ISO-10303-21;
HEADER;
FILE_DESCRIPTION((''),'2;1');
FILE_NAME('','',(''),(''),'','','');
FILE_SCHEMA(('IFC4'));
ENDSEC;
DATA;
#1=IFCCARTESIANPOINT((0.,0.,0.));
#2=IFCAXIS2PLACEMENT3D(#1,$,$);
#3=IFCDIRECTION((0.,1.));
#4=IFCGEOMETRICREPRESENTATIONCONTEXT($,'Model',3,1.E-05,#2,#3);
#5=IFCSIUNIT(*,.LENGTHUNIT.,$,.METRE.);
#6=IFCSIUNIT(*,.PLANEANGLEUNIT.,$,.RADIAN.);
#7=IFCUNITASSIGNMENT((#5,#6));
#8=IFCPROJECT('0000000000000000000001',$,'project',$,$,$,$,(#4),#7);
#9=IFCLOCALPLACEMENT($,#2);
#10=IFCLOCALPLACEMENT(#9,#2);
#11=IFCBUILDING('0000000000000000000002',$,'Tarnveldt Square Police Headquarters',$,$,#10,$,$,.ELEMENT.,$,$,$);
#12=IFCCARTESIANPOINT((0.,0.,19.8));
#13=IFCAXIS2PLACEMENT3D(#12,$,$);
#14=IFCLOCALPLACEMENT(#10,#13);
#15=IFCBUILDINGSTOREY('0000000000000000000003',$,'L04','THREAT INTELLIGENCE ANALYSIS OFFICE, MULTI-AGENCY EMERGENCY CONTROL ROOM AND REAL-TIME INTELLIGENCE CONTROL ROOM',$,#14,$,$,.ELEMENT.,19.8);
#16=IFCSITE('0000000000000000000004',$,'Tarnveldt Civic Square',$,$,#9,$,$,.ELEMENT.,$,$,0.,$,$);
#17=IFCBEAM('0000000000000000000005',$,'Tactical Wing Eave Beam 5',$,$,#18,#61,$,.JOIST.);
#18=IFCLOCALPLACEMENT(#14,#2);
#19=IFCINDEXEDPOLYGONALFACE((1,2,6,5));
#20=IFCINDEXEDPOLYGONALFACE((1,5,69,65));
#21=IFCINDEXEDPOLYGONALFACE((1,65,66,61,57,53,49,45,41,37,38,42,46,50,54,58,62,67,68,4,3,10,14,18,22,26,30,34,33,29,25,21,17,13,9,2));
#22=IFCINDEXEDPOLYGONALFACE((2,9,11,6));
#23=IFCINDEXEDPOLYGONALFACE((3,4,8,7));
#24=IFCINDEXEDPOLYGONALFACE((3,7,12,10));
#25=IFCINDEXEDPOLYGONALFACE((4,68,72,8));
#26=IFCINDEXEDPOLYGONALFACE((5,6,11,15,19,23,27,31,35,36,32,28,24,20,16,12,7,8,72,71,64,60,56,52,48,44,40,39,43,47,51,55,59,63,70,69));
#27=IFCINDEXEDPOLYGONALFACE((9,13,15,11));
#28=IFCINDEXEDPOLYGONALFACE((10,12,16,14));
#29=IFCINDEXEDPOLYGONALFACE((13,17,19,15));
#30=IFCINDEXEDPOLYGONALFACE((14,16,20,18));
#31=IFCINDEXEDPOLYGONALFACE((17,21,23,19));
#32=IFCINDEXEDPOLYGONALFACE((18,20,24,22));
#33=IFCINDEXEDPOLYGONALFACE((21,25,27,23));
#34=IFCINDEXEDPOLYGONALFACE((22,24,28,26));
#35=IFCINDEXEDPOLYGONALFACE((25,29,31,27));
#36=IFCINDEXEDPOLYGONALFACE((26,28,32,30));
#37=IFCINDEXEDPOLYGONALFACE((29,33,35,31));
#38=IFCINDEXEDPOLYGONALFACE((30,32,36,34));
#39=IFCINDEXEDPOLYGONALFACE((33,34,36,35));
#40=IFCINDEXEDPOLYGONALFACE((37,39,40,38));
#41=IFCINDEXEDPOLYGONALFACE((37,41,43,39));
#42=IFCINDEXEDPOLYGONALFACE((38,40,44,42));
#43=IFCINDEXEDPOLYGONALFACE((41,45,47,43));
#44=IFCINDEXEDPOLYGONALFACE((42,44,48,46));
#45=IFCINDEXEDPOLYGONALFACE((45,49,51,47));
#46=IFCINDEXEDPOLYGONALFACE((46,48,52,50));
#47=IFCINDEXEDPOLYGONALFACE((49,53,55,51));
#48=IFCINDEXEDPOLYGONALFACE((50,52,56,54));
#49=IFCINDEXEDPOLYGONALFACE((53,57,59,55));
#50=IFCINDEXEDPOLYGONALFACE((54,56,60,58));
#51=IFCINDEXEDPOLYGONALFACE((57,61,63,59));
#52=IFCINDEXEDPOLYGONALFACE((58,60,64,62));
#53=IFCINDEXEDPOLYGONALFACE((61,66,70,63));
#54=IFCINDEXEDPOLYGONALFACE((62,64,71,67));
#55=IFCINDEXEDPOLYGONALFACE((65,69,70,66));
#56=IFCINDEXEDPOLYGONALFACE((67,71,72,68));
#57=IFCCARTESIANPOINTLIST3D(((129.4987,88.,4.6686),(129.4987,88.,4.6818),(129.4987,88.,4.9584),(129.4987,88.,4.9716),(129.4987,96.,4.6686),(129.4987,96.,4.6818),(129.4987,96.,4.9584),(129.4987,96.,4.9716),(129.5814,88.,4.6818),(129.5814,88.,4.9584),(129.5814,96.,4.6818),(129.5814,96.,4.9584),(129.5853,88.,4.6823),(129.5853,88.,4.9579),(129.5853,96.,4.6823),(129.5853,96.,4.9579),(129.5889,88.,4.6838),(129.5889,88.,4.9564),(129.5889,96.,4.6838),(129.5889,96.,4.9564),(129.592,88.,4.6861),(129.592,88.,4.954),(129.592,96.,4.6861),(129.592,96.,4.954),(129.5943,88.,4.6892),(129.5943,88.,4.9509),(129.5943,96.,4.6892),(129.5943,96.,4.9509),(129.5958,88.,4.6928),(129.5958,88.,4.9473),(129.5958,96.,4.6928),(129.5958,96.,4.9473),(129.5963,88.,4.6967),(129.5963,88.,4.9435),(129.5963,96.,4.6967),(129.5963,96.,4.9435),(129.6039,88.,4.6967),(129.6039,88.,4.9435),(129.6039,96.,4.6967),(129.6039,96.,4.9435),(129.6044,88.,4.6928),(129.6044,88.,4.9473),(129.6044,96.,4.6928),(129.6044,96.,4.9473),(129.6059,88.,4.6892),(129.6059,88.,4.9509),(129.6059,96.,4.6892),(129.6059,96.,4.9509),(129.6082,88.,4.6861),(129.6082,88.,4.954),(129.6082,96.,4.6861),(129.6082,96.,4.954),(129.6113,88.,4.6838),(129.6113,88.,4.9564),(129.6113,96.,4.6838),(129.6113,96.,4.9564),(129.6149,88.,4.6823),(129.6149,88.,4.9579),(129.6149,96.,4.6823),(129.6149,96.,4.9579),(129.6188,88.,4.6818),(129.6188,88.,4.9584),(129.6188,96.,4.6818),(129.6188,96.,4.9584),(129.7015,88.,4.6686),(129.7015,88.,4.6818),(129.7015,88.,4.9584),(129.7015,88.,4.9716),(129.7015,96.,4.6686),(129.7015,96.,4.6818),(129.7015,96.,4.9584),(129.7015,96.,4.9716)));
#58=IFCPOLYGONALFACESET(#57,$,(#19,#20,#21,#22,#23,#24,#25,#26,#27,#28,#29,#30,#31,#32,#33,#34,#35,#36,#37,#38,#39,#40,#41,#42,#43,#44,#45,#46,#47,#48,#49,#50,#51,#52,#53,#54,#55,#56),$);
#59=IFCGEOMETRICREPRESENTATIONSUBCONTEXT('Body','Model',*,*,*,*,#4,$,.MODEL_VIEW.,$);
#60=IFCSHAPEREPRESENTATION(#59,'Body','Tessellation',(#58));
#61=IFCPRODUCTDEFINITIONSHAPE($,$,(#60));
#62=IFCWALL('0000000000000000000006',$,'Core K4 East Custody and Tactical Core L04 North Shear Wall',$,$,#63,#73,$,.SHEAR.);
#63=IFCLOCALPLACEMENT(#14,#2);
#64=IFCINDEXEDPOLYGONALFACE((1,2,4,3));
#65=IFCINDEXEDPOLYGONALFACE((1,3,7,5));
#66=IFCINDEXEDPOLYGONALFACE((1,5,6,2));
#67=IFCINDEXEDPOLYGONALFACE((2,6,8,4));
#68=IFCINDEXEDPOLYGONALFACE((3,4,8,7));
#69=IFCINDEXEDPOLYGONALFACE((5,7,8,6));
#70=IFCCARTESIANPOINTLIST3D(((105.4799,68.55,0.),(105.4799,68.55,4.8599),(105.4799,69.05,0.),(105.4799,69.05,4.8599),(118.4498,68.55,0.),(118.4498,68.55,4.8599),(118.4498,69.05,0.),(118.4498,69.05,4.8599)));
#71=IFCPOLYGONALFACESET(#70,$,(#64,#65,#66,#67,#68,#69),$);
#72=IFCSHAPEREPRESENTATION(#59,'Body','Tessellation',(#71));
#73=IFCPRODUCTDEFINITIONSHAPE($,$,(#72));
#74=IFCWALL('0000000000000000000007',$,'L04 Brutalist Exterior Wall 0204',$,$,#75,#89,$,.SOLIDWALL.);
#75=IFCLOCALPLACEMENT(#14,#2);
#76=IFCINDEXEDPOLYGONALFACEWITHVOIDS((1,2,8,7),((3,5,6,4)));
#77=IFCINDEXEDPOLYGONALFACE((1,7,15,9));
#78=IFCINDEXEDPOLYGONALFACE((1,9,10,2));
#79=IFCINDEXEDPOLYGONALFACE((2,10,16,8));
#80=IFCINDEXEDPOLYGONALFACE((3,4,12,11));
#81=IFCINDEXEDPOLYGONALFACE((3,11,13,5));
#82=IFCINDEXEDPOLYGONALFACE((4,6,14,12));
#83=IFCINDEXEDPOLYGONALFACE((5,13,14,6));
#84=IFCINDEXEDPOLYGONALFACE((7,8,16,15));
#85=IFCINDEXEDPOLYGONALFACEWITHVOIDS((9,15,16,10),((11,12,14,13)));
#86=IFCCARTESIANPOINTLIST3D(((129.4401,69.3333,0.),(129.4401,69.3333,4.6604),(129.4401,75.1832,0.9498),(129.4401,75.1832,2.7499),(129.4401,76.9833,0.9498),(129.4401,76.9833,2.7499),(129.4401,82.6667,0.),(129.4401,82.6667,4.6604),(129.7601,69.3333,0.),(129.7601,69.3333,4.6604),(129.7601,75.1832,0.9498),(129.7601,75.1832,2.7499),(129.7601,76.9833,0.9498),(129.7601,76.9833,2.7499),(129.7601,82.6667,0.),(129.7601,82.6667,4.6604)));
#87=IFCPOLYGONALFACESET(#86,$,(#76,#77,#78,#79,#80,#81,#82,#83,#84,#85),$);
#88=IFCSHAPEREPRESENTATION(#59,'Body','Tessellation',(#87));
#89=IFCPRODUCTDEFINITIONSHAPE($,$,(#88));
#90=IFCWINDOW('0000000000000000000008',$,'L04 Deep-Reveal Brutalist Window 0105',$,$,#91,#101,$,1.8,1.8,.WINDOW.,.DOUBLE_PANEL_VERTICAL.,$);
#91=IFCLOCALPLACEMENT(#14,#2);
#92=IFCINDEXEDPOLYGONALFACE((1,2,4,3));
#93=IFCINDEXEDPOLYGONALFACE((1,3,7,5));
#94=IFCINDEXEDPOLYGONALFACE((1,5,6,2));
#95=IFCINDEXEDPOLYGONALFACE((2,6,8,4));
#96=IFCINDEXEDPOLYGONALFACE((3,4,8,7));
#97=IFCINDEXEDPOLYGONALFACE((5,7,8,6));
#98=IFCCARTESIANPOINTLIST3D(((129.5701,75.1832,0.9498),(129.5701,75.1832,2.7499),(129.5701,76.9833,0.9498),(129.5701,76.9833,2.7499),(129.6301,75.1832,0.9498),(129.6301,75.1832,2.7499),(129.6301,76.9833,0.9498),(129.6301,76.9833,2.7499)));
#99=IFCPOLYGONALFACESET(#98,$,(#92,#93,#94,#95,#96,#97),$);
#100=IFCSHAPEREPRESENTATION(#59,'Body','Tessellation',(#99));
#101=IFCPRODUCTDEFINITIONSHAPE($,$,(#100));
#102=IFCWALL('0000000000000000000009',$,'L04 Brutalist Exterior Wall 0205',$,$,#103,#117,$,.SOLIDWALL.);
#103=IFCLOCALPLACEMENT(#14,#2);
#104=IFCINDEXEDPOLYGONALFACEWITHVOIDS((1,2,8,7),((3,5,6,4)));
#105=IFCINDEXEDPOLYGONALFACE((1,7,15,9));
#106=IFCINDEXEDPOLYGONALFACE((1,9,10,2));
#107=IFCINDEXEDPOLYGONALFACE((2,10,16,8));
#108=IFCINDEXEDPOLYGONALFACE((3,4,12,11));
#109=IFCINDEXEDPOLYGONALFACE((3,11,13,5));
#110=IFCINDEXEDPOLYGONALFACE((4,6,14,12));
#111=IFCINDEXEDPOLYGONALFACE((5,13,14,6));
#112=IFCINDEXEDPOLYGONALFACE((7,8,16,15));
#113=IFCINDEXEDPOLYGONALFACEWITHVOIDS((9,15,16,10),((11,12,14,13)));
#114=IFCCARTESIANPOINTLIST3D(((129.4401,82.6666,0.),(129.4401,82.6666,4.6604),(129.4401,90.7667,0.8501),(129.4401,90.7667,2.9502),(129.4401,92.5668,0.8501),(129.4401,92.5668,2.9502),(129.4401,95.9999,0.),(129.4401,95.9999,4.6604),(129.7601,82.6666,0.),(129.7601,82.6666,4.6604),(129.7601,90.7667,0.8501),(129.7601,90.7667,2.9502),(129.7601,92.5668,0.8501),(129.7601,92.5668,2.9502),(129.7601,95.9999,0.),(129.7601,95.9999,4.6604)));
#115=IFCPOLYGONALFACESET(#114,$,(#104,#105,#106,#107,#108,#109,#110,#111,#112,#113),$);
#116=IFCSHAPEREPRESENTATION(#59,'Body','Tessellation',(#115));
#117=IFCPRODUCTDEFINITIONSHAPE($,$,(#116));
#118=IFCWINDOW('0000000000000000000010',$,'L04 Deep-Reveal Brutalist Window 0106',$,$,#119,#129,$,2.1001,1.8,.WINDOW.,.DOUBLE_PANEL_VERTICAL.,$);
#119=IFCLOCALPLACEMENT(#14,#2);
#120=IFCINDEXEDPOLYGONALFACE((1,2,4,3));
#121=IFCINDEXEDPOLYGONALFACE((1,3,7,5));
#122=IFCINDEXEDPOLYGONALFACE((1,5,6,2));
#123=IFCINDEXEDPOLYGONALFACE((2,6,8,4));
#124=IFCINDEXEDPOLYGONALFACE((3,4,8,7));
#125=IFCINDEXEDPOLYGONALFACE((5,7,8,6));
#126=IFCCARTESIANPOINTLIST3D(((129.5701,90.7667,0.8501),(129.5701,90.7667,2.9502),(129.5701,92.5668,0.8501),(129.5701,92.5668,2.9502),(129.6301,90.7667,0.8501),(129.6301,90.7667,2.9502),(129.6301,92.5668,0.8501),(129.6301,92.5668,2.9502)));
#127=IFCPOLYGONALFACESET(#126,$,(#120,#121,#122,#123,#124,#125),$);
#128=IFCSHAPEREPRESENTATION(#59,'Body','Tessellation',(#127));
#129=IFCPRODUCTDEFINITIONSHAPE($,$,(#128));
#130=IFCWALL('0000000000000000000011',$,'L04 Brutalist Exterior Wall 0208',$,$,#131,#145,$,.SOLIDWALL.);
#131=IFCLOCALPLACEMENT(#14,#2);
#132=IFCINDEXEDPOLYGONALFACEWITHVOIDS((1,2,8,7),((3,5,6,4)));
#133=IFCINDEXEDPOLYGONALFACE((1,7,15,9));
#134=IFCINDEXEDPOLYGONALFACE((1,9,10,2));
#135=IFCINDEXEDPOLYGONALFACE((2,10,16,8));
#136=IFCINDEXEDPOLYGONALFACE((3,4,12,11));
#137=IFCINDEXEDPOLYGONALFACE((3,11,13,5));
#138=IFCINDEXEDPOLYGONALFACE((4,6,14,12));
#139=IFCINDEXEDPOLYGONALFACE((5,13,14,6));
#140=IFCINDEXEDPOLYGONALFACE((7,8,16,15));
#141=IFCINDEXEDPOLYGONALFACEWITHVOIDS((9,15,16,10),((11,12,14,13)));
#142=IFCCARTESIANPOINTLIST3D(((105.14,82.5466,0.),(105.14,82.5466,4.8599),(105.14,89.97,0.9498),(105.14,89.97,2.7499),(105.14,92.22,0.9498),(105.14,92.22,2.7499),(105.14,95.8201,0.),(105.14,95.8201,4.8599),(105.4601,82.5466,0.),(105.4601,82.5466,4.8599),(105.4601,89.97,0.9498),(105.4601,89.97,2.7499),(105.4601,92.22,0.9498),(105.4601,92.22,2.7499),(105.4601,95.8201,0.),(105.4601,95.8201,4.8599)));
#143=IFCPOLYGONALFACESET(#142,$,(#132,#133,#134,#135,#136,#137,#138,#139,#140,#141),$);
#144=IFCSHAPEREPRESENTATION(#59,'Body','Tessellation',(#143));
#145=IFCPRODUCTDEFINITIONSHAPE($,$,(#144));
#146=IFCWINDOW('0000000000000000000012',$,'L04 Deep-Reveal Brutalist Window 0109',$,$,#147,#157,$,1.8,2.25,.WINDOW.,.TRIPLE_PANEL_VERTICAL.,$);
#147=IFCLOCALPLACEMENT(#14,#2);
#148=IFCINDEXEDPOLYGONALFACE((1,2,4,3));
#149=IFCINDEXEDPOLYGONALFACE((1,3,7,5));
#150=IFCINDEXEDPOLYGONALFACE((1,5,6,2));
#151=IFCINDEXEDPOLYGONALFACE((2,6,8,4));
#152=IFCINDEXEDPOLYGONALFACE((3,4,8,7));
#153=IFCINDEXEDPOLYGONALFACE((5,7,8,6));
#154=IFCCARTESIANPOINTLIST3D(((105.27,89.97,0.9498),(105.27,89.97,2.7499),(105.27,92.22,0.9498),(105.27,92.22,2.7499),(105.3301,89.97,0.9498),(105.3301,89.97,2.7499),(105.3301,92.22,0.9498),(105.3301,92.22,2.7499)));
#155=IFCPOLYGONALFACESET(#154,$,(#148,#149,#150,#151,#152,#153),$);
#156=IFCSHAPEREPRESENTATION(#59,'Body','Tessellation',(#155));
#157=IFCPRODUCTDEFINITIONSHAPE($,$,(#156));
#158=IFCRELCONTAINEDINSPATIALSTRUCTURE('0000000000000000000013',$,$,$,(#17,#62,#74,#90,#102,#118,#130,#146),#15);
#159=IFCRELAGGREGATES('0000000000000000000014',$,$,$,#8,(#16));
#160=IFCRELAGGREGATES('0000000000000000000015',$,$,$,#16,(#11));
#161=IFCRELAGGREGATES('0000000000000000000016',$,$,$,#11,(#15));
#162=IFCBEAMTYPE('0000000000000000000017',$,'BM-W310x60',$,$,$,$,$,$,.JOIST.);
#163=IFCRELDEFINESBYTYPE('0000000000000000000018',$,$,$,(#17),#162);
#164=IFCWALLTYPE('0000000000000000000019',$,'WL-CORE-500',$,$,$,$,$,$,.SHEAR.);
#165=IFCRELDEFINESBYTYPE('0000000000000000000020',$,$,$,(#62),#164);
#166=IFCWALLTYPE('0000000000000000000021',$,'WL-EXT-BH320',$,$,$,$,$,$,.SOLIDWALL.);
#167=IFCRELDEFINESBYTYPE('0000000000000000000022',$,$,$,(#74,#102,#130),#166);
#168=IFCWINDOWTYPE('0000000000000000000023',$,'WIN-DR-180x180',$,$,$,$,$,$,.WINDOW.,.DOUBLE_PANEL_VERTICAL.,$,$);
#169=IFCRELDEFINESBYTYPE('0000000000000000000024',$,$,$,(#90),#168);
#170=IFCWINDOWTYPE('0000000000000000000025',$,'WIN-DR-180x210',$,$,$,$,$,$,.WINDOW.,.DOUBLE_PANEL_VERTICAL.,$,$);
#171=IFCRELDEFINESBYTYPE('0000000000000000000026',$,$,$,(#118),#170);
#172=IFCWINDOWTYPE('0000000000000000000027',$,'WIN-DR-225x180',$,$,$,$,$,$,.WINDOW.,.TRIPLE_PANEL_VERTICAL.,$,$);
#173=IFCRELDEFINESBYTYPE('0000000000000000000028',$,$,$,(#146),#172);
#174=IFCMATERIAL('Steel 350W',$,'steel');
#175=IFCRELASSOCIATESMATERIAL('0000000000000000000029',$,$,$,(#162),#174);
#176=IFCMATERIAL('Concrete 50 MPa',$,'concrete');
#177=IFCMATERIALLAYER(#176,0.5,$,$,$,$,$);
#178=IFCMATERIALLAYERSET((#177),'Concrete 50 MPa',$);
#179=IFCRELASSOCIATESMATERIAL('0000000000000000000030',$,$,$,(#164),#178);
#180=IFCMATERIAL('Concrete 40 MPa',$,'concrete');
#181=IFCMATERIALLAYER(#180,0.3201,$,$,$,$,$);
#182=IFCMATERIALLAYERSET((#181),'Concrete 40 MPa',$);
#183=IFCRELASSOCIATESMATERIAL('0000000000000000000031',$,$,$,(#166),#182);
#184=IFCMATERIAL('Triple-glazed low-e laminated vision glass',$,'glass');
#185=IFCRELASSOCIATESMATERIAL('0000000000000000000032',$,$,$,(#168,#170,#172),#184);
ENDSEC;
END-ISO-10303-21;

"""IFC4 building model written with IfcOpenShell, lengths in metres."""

from ifc_helpers import new_model, si_unit, direction, frame, frame_2d, origin, origin_2d, place, context, subcontext, project, spatial, rectangle, i_section, extrude, material, layer, layer_set, material_profile, profile_set, type_object, element, fill, save


model = new_model("IFC4")

# Units and contexts
model_context = context("Model", 3, precision=1e-05, world=origin(), true_north=direction((0.0, 1.0)))
body_context = subcontext(model_context, "Body", "Model", "MODEL_VIEW")
ifc_project = project(units=[si_unit("LENGTHUNIT", "METRE"), si_unit("PLANEANGLEUNIT", "RADIAN")], contexts=[model_context])

# Site, building, storey
site_placement = place(None, origin())
site = spatial("IfcSite", under=ifc_project, at=site_placement, Name="Tarnveldt Civic Square", CompositionType="ELEMENT", RefElevation=0.0)
building_placement = place(site_placement, origin())
building = spatial("IfcBuilding", under=site, at=building_placement, Name="Tarnveldt Square Police Headquarters", CompositionType="ELEMENT")
storey_placement = place(building_placement, frame((0.0, 0.0, 19.8)))
storey = spatial("IfcBuildingStorey", under=building, at=storey_placement, Name="L04", Description="THREAT INTELLIGENCE ANALYSIS OFFICE, MULTI-AGENCY EMERGENCY CONTROL ROOM AND REAL-TIME INTELLIGENCE CONTROL ROOM", CompositionType="ELEMENT", Elevation=19.8)

# Shared definitions
ifc_material_1 = material(Name="Concrete 40 MPa", Category="concrete")
ifc_material_2 = material(Name="Steel 350W", Category="steel")

# Beam
ifc_material_3 = material(Name="Concrete 50 MPa", Category="concrete")
ifc_material_profile_1 = material_profile(ifc_material_2, i_section(OverallWidth=0.2029, OverallDepth=0.303, WebThickness=0.0076, FlangeThickness=0.0132, FilletRadius=0.0149, at=origin_2d()), Name="W310x60")
ifc_profile_set_1 = profile_set([ifc_material_profile_1], Name="Steel 350W")
beam_type_1 = type_object("IfcBeamType", Name="BM-W310x60", PredefinedType="JOIST", material=ifc_profile_set_1)
for number, where, z_axis, x_axis, name in (
    (1, (129.6001, 88.0, 4.8201), (0.0, 1.0, 0.0), (-1.0, 0.0, 0.0), "Tactical Wing Eave Beam 5"),
):
    element("IfcBeam", number, at=place(storey_placement, frame(where, z_axis=z_axis, x_axis=x_axis)), inside=storey, type_object=beam_type_1, Name=name, PredefinedType="JOIST", context=body_context, shape_type="SweptSolid", body=[
        extrude(i_section(OverallWidth=0.2029, OverallDepth=0.303, WebThickness=0.0076, FlangeThickness=0.0132, FilletRadius=0.0149, at=origin_2d()), origin(), (0.0, 0.0, 1.0), 8.0),
    ])

# Wall
ifc_layer_1 = layer(ifc_material_3, 0.5)
ifc_layer_set_1 = layer_set([ifc_layer_1], Name="Concrete 50 MPa")
wall_type_1 = type_object("IfcWallType", Name="WL-CORE-500", PredefinedType="SHEAR", material=ifc_layer_set_1)
wall_1_placement = place(storey_placement, frame((105.48, 68.8, 0.0), z_axis=(0.0, 0.0, 1.0), x_axis=(1.0, 0.0, 0.0)))
element("IfcWall", 2, at=wall_1_placement, inside=storey, type_object=wall_type_1, Name="Core K4 East Custody and Tactical Core L04 North Shear Wall", PredefinedType="SHEAR", context=body_context, shape_type="SweptSolid", body=[
    extrude(rectangle(XDim=12.97, YDim=0.5, at=frame_2d((6.4849, 0.0))), origin(), (0.0, 0.0, 1.0), 4.8599),
])

# Walls, openings, windows
ifc_layer_2 = layer(ifc_material_1, 0.3201)
ifc_layer_set_2 = layer_set([ifc_layer_2], Name="Concrete 40 MPa")
wall_type_2 = type_object("IfcWallType", Name="WL-EXT-BH320", PredefinedType="SOLIDWALL", material=ifc_layer_set_2)
wall_2_placement = place(storey_placement, frame((129.6001, 69.3333, 0.0), z_axis=(0.0, 0.0, 1.0), x_axis=(0.0, 1.0, 0.0)))
wall_2 = element("IfcWall", 3, at=wall_2_placement, inside=storey, type_object=wall_type_2, Name="L04 Brutalist Exterior Wall 0204", PredefinedType="SOLIDWALL", context=body_context, shape_type="SweptSolid", body=[
    extrude(rectangle(XDim=13.3335, YDim=0.3201, at=frame_2d((6.6667, 0.0))), origin(), (0.0, 0.0, 1.0), 4.6604),
])
opening_1_placement = place(wall_2_placement, frame((5.8501, 0.0, 0.95)))
opening_1 = element("IfcOpeningElement", 4, at=opening_1_placement, cuts=wall_2, PredefinedType="OPENING", context=body_context, shape_type="SweptSolid", body=[
    extrude(rectangle(XDim=1.8, YDim=1.8, at=frame_2d((0.8999, 0.8999))), frame((0.0, 0.1699, 0.0), z_axis=(0.0, -1.0, 0.0), x_axis=(1.0, 0.0, 0.0)), (0.0, 0.0, 1.0), 0.3401),
])
ifc_material_4 = material(Name="Triple-glazed low-e laminated vision glass", Category="glass")
window_type_1 = type_object("IfcWindowType", Name="WIN-DR-180x180", PartitioningType="DOUBLE_PANEL_VERTICAL", PredefinedType="WINDOW", material=ifc_material_4)
window_1_placement = place(opening_1_placement, origin())
window_1 = element("IfcWindow", 5, at=window_1_placement, inside=storey, type_object=window_type_1, Name="L04 Deep-Reveal Brutalist Window 0105", OverallHeight=1.8, OverallWidth=1.8, PartitioningType="DOUBLE_PANEL_VERTICAL", PredefinedType="WINDOW", context=body_context, shape_type="SweptSolid", body=[
    extrude(rectangle(XDim=1.8, YDim=1.8, at=frame_2d((0.8999, 0.8999))), frame((0.0, 0.03, 0.0), z_axis=(0.0, -1.0, 0.0), x_axis=(1.0, 0.0, 0.0)), (0.0, 0.0, 1.0), 0.0601),
])
fill(opening_1, window_1)
wall_3_placement = place(storey_placement, frame((129.6001, 82.6667, 0.0), z_axis=(0.0, 0.0, 1.0), x_axis=(0.0, 1.0, 0.0)))
wall_3 = element("IfcWall", 6, at=wall_3_placement, inside=storey, type_object=wall_type_2, Name="L04 Brutalist Exterior Wall 0205", PredefinedType="SOLIDWALL", context=body_context, shape_type="SweptSolid", body=[
    extrude(rectangle(XDim=13.3333, YDim=0.3201, at=frame_2d((6.6665, 0.0))), origin(), (0.0, 0.0, 1.0), 4.6604),
])
opening_2_placement = place(wall_3_placement, frame((8.1001, 0.0, 0.8501)))
opening_2 = element("IfcOpeningElement", 7, at=opening_2_placement, cuts=wall_3, PredefinedType="OPENING", context=body_context, shape_type="SweptSolid", body=[
    extrude(rectangle(XDim=1.8, YDim=2.1001, at=frame_2d((0.8999, 1.05))), frame((0.0, 0.1699, 0.0), z_axis=(0.0, -1.0, 0.0), x_axis=(1.0, 0.0, 0.0)), (0.0, 0.0, 1.0), 0.3401),
])
window_type_2 = type_object("IfcWindowType", Name="WIN-DR-180x210", PartitioningType="DOUBLE_PANEL_VERTICAL", PredefinedType="WINDOW", material=ifc_material_4)
window_2_placement = place(opening_2_placement, origin())
window_2 = element("IfcWindow", 8, at=window_2_placement, inside=storey, type_object=window_type_2, Name="L04 Deep-Reveal Brutalist Window 0106", OverallHeight=2.1001, OverallWidth=1.8, PartitioningType="DOUBLE_PANEL_VERTICAL", PredefinedType="WINDOW", context=body_context, shape_type="SweptSolid", body=[
    extrude(rectangle(XDim=1.8, YDim=2.1001, at=frame_2d((0.8999, 1.05))), frame((0.0, 0.03, 0.0), z_axis=(0.0, -1.0, 0.0), x_axis=(1.0, 0.0, 0.0)), (0.0, 0.0, 1.0), 0.0601),
])
fill(opening_2, window_2)
wall_4_placement = place(storey_placement, frame((105.3, 95.8201, 0.0), z_axis=(0.0, 0.0, 1.0), x_axis=(0.0, -1.0, 0.0)))
wall_4 = element("IfcWall", 9, at=wall_4_placement, inside=storey, type_object=wall_type_2, Name="L04 Brutalist Exterior Wall 0208", PredefinedType="SOLIDWALL", context=body_context, shape_type="SweptSolid", body=[
    extrude(rectangle(XDim=13.2734, YDim=0.3201, at=frame_2d((6.6367, 0.0))), origin(), (0.0, 0.0, 1.0), 4.8599),
])
opening_3_placement = place(wall_4_placement, frame((3.6001, 0.0, 0.95)))
opening_3 = element("IfcOpeningElement", 10, at=opening_3_placement, cuts=wall_4, PredefinedType="OPENING", context=body_context, shape_type="SweptSolid", body=[
    extrude(rectangle(XDim=2.25, YDim=1.8, at=frame_2d((1.125, 0.8999))), frame((0.0, 0.1699, 0.0), z_axis=(0.0, -1.0, 0.0), x_axis=(1.0, 0.0, 0.0)), (0.0, 0.0, 1.0), 0.3401),
])
window_type_3 = type_object("IfcWindowType", Name="WIN-DR-225x180", PartitioningType="TRIPLE_PANEL_VERTICAL", PredefinedType="WINDOW", material=ifc_material_4)
window_3_placement = place(opening_3_placement, origin())
window_3 = element("IfcWindow", 11, at=window_3_placement, inside=storey, type_object=window_type_3, Name="L04 Deep-Reveal Brutalist Window 0109", OverallHeight=1.8, OverallWidth=2.25, PartitioningType="TRIPLE_PANEL_VERTICAL", PredefinedType="WINDOW", context=body_context, shape_type="SweptSolid", body=[
    extrude(rectangle(XDim=2.25, YDim=1.8, at=frame_2d((1.125, 0.8999))), frame((0.0, 0.03, 0.0), z_axis=(0.0, -1.0, 0.0), x_axis=(1.0, 0.0, 0.0)), (0.0, 0.0, 1.0), 0.0601),
])
fill(opening_3, window_3)

save(model, "model.ifc")
